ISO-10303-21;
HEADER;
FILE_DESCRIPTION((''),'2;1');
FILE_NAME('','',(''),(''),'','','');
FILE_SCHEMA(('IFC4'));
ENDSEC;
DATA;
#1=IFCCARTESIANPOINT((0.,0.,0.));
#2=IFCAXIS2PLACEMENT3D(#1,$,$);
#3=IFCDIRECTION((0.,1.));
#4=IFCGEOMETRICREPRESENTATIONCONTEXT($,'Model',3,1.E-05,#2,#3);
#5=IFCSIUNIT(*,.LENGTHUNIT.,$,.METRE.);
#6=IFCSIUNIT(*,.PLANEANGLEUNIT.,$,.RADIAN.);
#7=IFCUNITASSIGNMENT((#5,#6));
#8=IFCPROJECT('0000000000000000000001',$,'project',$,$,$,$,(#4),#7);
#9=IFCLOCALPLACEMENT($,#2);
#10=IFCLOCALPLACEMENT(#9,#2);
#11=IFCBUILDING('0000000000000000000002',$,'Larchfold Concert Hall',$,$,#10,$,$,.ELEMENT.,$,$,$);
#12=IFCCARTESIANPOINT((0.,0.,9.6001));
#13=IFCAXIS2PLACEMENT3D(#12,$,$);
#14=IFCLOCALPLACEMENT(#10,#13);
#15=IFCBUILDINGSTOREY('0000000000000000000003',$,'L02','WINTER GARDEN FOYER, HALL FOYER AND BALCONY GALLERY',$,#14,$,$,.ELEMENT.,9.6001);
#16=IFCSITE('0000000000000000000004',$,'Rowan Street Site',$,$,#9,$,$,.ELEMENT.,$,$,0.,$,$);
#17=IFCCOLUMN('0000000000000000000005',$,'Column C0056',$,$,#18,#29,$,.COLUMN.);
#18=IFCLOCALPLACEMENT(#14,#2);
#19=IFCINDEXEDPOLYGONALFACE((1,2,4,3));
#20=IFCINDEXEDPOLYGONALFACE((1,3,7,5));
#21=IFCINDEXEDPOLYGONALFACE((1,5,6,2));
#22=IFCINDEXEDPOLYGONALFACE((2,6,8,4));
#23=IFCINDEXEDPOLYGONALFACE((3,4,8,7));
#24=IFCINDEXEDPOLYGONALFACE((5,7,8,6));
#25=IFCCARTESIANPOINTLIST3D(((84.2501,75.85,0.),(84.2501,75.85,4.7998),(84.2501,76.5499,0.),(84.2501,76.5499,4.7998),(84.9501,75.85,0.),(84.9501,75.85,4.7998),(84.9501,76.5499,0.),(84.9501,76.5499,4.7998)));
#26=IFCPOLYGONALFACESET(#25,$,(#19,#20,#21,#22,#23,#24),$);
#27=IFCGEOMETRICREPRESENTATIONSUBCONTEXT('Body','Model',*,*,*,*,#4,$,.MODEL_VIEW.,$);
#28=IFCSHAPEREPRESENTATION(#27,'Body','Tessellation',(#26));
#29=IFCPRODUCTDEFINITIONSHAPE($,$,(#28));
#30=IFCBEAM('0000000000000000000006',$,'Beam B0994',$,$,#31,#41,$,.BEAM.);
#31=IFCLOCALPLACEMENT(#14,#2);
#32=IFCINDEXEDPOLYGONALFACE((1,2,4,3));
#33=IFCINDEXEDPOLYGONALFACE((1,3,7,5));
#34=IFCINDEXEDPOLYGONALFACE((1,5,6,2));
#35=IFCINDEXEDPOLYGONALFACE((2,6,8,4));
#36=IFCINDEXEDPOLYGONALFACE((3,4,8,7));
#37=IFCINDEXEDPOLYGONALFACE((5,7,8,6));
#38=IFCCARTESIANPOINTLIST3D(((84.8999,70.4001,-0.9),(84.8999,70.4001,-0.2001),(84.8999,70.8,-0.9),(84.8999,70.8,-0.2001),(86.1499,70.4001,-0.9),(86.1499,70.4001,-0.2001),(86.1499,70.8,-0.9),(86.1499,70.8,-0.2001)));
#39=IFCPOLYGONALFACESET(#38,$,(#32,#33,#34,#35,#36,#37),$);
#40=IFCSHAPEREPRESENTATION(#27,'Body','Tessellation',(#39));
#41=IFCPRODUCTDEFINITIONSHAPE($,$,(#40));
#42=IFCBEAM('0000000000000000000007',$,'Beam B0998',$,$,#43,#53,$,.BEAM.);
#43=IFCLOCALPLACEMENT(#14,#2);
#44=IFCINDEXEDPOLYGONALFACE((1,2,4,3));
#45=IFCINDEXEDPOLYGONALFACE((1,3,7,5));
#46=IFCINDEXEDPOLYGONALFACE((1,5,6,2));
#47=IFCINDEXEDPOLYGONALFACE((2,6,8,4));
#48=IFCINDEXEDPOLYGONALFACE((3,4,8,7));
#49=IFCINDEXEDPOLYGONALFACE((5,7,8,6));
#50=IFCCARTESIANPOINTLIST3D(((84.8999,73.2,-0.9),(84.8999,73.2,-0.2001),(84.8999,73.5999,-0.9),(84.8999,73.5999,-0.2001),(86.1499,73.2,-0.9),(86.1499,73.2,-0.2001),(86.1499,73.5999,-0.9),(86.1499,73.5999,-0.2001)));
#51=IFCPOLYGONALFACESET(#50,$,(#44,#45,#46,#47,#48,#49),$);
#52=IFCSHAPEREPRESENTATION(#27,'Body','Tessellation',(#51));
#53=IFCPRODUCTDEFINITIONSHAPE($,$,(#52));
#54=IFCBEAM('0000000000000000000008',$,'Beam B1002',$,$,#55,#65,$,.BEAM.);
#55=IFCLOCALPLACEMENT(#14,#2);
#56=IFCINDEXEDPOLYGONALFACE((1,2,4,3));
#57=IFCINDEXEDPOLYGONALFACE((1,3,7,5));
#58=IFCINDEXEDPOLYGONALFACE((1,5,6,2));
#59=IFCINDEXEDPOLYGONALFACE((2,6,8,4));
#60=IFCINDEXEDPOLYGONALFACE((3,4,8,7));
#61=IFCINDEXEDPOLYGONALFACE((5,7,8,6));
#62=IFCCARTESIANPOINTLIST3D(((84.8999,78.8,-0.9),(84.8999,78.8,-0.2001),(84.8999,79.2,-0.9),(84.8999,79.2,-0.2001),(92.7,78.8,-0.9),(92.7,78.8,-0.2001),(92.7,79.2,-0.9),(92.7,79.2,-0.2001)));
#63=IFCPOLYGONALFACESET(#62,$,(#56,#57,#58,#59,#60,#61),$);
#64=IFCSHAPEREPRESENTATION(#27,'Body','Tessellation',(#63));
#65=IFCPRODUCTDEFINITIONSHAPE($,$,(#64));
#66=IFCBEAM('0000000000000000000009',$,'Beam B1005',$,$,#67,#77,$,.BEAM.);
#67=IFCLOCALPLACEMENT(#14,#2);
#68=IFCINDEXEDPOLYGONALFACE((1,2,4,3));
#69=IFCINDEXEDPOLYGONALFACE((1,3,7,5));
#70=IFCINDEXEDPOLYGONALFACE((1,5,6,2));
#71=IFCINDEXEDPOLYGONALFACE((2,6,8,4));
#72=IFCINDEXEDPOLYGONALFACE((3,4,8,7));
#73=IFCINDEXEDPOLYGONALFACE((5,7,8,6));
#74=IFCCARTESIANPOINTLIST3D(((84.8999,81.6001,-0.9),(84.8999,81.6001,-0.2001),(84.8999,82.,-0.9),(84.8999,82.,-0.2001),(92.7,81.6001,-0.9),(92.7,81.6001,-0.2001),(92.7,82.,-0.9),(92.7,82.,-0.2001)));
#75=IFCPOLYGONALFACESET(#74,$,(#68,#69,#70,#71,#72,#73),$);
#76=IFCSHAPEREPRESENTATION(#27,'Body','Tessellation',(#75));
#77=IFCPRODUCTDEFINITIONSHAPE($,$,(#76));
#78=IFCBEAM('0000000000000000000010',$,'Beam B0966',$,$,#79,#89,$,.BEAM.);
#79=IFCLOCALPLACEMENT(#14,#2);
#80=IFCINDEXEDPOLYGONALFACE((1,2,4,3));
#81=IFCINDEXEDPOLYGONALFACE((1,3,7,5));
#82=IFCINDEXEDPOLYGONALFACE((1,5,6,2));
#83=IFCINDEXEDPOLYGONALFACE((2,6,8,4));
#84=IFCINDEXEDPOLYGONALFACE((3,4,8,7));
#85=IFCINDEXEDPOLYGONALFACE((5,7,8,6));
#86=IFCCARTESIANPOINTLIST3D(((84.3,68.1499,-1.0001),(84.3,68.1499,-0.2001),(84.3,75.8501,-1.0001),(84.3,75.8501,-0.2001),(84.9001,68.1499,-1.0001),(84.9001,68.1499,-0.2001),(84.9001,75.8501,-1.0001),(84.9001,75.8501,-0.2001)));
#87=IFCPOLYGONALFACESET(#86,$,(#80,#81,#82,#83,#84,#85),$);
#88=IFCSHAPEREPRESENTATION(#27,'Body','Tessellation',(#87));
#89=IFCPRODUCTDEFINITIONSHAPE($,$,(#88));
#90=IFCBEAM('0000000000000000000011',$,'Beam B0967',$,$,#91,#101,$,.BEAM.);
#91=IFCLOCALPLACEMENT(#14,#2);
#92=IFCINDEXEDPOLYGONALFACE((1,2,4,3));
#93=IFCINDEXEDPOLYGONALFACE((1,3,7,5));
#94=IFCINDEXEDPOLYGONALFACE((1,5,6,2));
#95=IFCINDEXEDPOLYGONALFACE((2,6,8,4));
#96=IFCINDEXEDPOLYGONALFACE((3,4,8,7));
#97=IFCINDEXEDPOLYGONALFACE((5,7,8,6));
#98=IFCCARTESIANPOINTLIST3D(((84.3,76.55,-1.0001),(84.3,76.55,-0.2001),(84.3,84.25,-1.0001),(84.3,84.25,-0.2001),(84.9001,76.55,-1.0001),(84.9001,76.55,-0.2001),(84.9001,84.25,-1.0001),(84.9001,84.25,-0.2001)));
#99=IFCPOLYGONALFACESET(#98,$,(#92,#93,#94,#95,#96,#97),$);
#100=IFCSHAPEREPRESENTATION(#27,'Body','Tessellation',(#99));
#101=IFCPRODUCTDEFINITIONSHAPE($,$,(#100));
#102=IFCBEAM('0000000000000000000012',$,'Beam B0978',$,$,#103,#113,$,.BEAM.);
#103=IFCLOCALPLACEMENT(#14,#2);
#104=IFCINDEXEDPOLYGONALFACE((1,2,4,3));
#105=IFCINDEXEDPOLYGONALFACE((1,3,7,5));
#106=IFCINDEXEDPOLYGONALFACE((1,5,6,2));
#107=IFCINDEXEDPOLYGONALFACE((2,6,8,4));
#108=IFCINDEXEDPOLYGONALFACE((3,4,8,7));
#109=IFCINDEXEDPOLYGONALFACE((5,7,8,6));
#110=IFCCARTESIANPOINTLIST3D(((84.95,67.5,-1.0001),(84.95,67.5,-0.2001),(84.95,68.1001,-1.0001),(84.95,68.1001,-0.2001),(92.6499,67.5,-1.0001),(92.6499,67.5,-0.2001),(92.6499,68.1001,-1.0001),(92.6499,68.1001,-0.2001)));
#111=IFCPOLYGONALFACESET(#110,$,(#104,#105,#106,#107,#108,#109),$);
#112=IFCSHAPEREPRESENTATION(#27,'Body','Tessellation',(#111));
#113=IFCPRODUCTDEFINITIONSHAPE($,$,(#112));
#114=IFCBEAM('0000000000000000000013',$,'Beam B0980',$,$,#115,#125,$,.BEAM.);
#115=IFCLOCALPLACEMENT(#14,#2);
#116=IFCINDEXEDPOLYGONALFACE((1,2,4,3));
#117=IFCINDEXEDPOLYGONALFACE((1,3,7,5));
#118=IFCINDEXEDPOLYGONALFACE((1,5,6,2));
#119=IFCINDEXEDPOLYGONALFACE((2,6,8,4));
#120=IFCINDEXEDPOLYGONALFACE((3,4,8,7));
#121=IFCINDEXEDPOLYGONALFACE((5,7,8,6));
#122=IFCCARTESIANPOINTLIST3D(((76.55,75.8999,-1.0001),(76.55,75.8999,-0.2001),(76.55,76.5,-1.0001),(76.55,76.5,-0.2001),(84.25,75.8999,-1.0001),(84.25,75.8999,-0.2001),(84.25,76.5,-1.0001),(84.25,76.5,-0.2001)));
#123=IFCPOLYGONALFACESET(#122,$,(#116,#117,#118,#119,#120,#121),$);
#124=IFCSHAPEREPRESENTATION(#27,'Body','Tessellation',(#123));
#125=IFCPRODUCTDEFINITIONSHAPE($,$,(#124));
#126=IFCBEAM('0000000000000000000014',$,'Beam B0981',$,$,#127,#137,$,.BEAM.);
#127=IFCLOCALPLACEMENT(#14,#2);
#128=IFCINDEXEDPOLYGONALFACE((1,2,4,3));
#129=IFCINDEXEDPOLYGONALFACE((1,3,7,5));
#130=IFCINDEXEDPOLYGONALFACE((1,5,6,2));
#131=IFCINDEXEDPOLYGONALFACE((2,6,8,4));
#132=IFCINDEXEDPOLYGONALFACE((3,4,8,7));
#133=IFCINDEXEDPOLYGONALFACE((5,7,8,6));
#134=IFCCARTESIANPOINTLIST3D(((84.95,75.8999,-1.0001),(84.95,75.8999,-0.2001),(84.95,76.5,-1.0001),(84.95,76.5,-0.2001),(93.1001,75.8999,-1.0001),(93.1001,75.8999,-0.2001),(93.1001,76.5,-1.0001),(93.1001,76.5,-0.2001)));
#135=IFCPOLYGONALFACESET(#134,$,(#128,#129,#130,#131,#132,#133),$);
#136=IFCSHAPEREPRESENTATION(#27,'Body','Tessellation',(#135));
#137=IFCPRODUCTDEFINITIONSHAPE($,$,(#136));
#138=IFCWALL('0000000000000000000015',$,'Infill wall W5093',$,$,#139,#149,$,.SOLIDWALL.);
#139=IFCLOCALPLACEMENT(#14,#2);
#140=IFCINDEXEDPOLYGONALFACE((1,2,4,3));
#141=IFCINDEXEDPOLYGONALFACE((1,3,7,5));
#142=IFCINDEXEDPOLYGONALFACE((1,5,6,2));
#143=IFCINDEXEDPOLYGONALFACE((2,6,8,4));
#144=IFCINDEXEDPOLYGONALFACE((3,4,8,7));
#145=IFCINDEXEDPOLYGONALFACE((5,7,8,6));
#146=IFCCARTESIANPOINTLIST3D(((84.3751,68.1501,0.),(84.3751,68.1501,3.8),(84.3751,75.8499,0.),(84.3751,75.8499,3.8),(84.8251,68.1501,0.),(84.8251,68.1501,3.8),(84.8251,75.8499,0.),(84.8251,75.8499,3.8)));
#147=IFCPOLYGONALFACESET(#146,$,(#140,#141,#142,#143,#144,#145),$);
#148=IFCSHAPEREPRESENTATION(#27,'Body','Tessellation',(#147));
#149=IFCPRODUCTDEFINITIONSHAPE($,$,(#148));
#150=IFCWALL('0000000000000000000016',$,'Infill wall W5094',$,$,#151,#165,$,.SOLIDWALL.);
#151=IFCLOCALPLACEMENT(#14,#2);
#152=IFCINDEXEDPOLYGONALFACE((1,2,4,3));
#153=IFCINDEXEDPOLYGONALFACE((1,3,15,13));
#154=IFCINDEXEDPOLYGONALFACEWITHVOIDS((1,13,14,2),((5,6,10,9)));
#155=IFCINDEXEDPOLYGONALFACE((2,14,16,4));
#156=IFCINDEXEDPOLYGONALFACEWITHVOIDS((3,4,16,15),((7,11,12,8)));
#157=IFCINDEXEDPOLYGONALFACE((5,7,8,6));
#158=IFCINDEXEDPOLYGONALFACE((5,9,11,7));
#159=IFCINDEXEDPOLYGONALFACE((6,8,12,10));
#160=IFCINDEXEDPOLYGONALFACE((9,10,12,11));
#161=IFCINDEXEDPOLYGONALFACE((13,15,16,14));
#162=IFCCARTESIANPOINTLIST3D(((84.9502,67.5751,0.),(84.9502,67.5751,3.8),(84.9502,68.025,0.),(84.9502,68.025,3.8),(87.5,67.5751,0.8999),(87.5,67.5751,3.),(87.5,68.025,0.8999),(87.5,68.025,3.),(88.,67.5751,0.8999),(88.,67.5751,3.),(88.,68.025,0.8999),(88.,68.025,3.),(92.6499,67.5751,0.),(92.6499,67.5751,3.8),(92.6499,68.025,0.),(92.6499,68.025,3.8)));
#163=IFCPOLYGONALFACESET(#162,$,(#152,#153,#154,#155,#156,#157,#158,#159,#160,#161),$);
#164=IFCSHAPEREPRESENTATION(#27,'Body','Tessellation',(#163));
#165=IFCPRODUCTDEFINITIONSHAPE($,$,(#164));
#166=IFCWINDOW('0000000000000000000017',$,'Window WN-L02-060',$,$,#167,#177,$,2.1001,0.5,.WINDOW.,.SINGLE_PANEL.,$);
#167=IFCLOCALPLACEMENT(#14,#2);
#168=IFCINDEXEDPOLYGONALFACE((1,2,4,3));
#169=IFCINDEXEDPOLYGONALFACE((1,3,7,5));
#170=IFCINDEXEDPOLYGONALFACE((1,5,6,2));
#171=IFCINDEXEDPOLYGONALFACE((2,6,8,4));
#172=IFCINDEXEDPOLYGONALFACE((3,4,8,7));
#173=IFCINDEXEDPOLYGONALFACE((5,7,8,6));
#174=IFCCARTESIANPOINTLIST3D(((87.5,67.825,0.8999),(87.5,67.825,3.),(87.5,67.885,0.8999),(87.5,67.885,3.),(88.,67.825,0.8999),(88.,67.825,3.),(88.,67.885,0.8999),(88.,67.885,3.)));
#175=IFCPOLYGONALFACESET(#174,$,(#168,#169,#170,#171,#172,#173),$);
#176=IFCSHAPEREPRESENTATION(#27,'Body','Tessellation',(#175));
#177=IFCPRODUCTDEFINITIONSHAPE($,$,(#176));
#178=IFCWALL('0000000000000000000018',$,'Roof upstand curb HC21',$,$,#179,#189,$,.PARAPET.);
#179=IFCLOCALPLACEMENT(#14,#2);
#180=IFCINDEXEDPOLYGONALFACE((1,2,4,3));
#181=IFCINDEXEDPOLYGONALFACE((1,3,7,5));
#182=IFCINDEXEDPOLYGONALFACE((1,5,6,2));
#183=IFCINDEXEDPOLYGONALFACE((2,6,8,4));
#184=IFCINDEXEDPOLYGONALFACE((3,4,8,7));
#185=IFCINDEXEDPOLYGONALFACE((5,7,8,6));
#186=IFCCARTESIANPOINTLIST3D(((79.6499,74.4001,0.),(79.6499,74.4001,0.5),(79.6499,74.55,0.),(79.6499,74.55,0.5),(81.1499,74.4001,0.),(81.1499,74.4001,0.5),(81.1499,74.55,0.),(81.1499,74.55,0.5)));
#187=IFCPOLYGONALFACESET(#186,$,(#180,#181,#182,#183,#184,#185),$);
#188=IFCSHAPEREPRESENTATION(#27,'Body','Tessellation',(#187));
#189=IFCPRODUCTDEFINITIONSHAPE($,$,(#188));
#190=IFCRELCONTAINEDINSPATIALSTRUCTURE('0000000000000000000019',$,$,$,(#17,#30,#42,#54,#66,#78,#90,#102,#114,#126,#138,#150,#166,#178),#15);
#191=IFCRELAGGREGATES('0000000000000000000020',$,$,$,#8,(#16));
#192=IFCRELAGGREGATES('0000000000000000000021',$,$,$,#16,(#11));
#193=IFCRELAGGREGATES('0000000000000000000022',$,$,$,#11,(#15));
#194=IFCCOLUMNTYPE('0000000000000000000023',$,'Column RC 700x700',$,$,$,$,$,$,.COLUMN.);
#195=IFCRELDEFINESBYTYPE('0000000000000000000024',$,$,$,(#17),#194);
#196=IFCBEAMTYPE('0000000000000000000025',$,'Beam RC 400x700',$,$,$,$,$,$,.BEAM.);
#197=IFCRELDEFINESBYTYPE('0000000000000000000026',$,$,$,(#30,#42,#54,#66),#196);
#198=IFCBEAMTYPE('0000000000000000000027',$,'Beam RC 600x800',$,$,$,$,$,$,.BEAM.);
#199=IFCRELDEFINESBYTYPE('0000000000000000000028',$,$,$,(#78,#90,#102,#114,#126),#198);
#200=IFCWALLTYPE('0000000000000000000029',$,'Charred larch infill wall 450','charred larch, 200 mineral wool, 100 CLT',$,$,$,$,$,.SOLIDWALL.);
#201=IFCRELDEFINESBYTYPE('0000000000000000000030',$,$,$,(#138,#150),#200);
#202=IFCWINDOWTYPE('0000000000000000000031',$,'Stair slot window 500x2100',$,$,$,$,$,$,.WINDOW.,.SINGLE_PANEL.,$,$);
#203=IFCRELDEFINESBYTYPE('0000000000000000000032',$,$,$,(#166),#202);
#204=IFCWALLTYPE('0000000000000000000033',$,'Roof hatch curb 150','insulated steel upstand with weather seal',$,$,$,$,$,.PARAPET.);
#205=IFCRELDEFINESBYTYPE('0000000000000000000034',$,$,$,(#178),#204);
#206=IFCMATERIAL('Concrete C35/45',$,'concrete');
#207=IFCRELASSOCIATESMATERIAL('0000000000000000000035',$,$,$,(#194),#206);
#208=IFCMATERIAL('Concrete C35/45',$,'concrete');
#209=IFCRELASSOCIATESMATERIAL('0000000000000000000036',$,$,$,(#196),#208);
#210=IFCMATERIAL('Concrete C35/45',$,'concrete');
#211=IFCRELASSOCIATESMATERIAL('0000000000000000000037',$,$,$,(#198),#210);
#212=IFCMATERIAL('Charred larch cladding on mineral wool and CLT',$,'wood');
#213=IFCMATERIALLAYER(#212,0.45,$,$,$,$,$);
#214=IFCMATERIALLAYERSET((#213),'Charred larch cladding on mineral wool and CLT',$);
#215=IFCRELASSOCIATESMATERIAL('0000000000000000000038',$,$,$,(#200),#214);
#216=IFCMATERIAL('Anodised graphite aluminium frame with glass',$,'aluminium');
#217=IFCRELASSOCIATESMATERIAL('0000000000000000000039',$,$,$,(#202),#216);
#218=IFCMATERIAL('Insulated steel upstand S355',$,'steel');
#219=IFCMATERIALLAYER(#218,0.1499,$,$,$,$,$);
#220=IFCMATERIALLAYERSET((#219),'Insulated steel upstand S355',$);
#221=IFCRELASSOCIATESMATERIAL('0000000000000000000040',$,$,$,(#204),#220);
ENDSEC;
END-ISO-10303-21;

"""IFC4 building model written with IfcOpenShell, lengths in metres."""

from ifc_helpers import new_model, si_unit, direction, frame, frame_2d, origin, origin_2d, place, context, subcontext, project, spatial, rectangle, extrude, material, layer, layer_set, material_profile, profile_set, type_object, element, fill, save


model = new_model("IFC4")

# Units and contexts
model_context = context("Model", 3, precision=1e-05, world=origin(), true_north=direction((0.0, 1.0)))
body_context = subcontext(model_context, "Body", "Model", "MODEL_VIEW")
ifc_project = project(units=[si_unit("LENGTHUNIT", "METRE"), si_unit("PLANEANGLEUNIT", "RADIAN")], contexts=[model_context])

# Site, building, storey
site_placement = place(None, origin())
site = spatial("IfcSite", under=ifc_project, at=site_placement, Name="Rowan Street Site", CompositionType="ELEMENT", RefElevation=0.0)
building_placement = place(site_placement, origin())
building = spatial("IfcBuilding", under=site, at=building_placement, Name="Larchfold Concert Hall", CompositionType="ELEMENT")
storey_placement = place(building_placement, frame((0.0, 0.0, 9.6001)))
storey = spatial("IfcBuildingStorey", under=building, at=storey_placement, Name="L02", Description="WINTER GARDEN FOYER, HALL FOYER AND BALCONY GALLERY", CompositionType="ELEMENT", Elevation=9.6001)

# Column
ifc_material_1 = material(Name="Concrete C35/45", Category="concrete")
ifc_material_profile_1 = material_profile(ifc_material_1, rectangle(XDim=0.7, YDim=0.7, at=origin_2d()))
ifc_profile_set_1 = profile_set([ifc_material_profile_1], Name="Concrete C35/45")
column_type = type_object("IfcColumnType", Name="Column RC 700x700", PredefinedType="COLUMN", material=ifc_profile_set_1)
column_placement = place(storey_placement, frame((84.6001, 76.2, 0.0), z_axis=(0.0, 0.0, 1.0), x_axis=(1.0, 0.0, 0.0)))
element("IfcColumn", 1, at=column_placement, inside=storey, type_object=column_type, Name="Column C0056", PredefinedType="COLUMN", context=body_context, shape_type="SweptSolid", body=[
    extrude(rectangle(XDim=0.7, YDim=0.7, at=origin_2d()), origin(), (0.0, 0.0, 1.0), 4.7998),
])

# Beams
ifc_material_2 = material(Name="Concrete C35/45", Category="concrete")
ifc_material_profile_2 = material_profile(ifc_material_2, rectangle(XDim=0.3999, YDim=0.7, at=origin_2d()))
ifc_profile_set_2 = profile_set([ifc_material_profile_2], Name="Concrete C35/45")
beam_type_1 = type_object("IfcBeamType", Name="Beam RC 400x700", PredefinedType="BEAM", material=ifc_profile_set_2)
for number, where, z_axis, x_axis, name in (
    (2, (84.8999, 70.6001, -0.55), (1.0, 0.0, 0.0), (0.0, 1.0, 0.0), "Beam B0994"),
    (3, (84.8999, 73.3999, -0.55), (1.0, 0.0, 0.0), (0.0, 1.0, 0.0), "Beam B0998"),
):
    element("IfcBeam", number, at=place(storey_placement, frame(where, z_axis=z_axis, x_axis=x_axis)), inside=storey, type_object=beam_type_1, Name=name, PredefinedType="BEAM", context=body_context, shape_type="SweptSolid", body=[
        extrude(rectangle(XDim=0.3999, YDim=0.7, at=origin_2d()), origin(), (0.0, 0.0, 1.0), 1.25),
    ])
for number, where, z_axis, x_axis, name in (
    (4, (84.8999, 79.0, -0.55), (1.0, 0.0, 0.0), (0.0, 1.0, 0.0), "Beam B1002"),
    (5, (84.8999, 81.8, -0.55), (1.0, 0.0, 0.0), (0.0, 1.0, 0.0), "Beam B1005"),
):
    element("IfcBeam", number, at=place(storey_placement, frame(where, z_axis=z_axis, x_axis=x_axis)), inside=storey, type_object=beam_type_1, Name=name, PredefinedType="BEAM", context=body_context, shape_type="SweptSolid", body=[
        extrude(rectangle(XDim=0.3999, YDim=0.7, at=origin_2d()), origin(), (0.0, 0.0, 1.0), 7.8),
    ])
ifc_material_3 = material(Name="Concrete C35/45", Category="concrete")
ifc_material_profile_3 = material_profile(ifc_material_3, rectangle(XDim=0.6001, YDim=0.8, at=origin_2d()))
ifc_profile_set_3 = profile_set([ifc_material_profile_3], Name="Concrete C35/45")
beam_type_2 = type_object("IfcBeamType", Name="Beam RC 600x800", PredefinedType="BEAM", material=ifc_profile_set_3)
beam_1_placement = place(storey_placement, frame((84.6001, 68.1499, -0.6001), z_axis=(0.0, 1.0, 0.0), x_axis=(-1.0, 0.0, 0.0)))
element("IfcBeam", 6, at=beam_1_placement, inside=storey, type_object=beam_type_2, Name="Beam B0966", PredefinedType="BEAM", context=body_context, shape_type="SweptSolid", body=[
    extrude(rectangle(XDim=0.6001, YDim=0.8, at=origin_2d()), origin(), (0.0, 0.0, 1.0), 7.7002),
])
for number, where, z_axis, x_axis, name in (
    (7, (84.6001, 76.55, -0.6001), (0.0, 1.0, 0.0), (-1.0, 0.0, 0.0), "Beam B0967"),
    (8, (84.95, 67.8, -0.6001), (1.0, 0.0, 0.0), (0.0, 1.0, 0.0), "Beam B0978"),
    (9, (76.55, 76.2, -0.6001), (1.0, 0.0, 0.0), (0.0, 1.0, 0.0), "Beam B0980"),
):
    element("IfcBeam", number, at=place(storey_placement, frame(where, z_axis=z_axis, x_axis=x_axis)), inside=storey, type_object=beam_type_2, Name=name, PredefinedType="BEAM", context=body_context, shape_type="SweptSolid", body=[
        extrude(rectangle(XDim=0.6001, YDim=0.8, at=origin_2d()), origin(), (0.0, 0.0, 1.0), 7.7),
    ])
beam_2_placement = place(storey_placement, frame((84.95, 76.2, -0.6001), z_axis=(1.0, 0.0, 0.0), x_axis=(0.0, 1.0, 0.0)))
element("IfcBeam", 10, at=beam_2_placement, inside=storey, type_object=beam_type_2, Name="Beam B0981", PredefinedType="BEAM", context=body_context, shape_type="SweptSolid", body=[
    extrude(rectangle(XDim=0.6001, YDim=0.8, at=origin_2d()), origin(), (0.0, 0.0, 1.0), 8.1501),
])

# Wall
ifc_material_4 = material(Name="Charred larch cladding on mineral wool and CLT", Category="wood")
ifc_layer_1 = layer(ifc_material_4, 0.45)
ifc_layer_set_1 = layer_set([ifc_layer_1], Name="Charred larch cladding on mineral wool and CLT")
wall_type_1 = type_object("IfcWallType", Name="Charred larch infill wall 450", Description="charred larch, 200 mineral wool, 100 CLT", PredefinedType="SOLIDWALL", material=ifc_layer_set_1)
wall_1_placement = place(storey_placement, frame((84.6001, 75.8499, 0.0), z_axis=(0.0, 0.0, 1.0), x_axis=(0.0, -1.0, 0.0)))
element("IfcWall", 11, at=wall_1_placement, inside=storey, type_object=wall_type_1, Name="Infill wall W5093", PredefinedType="SOLIDWALL", context=body_context, shape_type="SweptSolid", body=[
    extrude(rectangle(XDim=7.6997, YDim=0.45, at=frame_2d((3.8499, 0.0))), origin(), (0.0, 0.0, 1.0), 3.8),
])

# Wall, opening, window
wall_2_placement = place(storey_placement, frame((84.9502, 67.8, 0.0), z_axis=(0.0, 0.0, 1.0), x_axis=(1.0, 0.0, 0.0)))
wall_2 = element("IfcWall", 12, at=wall_2_placement, inside=storey, type_object=wall_type_1, Name="Infill wall W5094", PredefinedType="SOLIDWALL", context=body_context, shape_type="SweptSolid", body=[
    extrude(rectangle(XDim=7.6997, YDim=0.45, at=frame_2d((3.8499, 0.0))), origin(), (0.0, 0.0, 1.0), 3.8),
])
opening_placement = place(wall_2_placement, frame((2.5498, 0.0, 0.8999)))
opening = element("IfcOpeningElement", 13, at=opening_placement, cuts=wall_2, PredefinedType="OPENING", context=body_context, shape_type="SweptSolid", body=[
    extrude(rectangle(XDim=0.5, YDim=2.1001, at=frame_2d((0.25, 1.05))), frame((0.0, 0.2349, 0.0), z_axis=(0.0, -1.0, 0.0), x_axis=(1.0, 0.0, 0.0)), (0.0, 0.0, 1.0), 0.47),
])
ifc_material_5 = material(Name="Anodised graphite aluminium frame with glass", Category="aluminium")
window_type = type_object("IfcWindowType", Name="Stair slot window 500x2100", PartitioningType="SINGLE_PANEL", PredefinedType="WINDOW", material=ifc_material_5)
window_placement = place(opening_placement, origin())
window = element("IfcWindow", 14, at=window_placement, inside=storey, type_object=window_type, Name="Window WN-L02-060", OverallHeight=2.1001, OverallWidth=0.5, PartitioningType="SINGLE_PANEL", PredefinedType="WINDOW", context=body_context, shape_type="SweptSolid", body=[
    extrude(rectangle(XDim=0.5, YDim=2.1001, at=frame_2d((0.25, 1.05))), frame((0.0, 0.085, 0.0), z_axis=(0.0, -1.0, 0.0), x_axis=(1.0, 0.0, 0.0)), (0.0, 0.0, 1.0), 0.0601),
])
fill(opening, window)

# Wall
ifc_material_6 = material(Name="Insulated steel upstand S355", Category="steel")
ifc_layer_2 = layer(ifc_material_6, 0.1499)
ifc_layer_set_2 = layer_set([ifc_layer_2], Name="Insulated steel upstand S355")
wall_type_2 = type_object("IfcWallType", Name="Roof hatch curb 150", Description="insulated steel upstand with weather seal", PredefinedType="PARAPET", material=ifc_layer_set_2)
for number, where, z_axis, x_axis, name in (
    (15, (79.6499, 74.4751, 0.0), (0.0, 0.0, 1.0), (1.0, 0.0, 0.0), "Roof upstand curb HC21"),
):
    element("IfcWall", number, at=place(storey_placement, frame(where, z_axis=z_axis, x_axis=x_axis)), inside=storey, type_object=wall_type_2, Name=name, PredefinedType="PARAPET", context=body_context, shape_type="SweptSolid", body=[
        extrude(rectangle(XDim=1.5, YDim=0.1499, at=frame_2d((0.75, 0.0))), origin(), (0.0, 0.0, 1.0), 0.5),
    ])

save(model, "model.ifc")
